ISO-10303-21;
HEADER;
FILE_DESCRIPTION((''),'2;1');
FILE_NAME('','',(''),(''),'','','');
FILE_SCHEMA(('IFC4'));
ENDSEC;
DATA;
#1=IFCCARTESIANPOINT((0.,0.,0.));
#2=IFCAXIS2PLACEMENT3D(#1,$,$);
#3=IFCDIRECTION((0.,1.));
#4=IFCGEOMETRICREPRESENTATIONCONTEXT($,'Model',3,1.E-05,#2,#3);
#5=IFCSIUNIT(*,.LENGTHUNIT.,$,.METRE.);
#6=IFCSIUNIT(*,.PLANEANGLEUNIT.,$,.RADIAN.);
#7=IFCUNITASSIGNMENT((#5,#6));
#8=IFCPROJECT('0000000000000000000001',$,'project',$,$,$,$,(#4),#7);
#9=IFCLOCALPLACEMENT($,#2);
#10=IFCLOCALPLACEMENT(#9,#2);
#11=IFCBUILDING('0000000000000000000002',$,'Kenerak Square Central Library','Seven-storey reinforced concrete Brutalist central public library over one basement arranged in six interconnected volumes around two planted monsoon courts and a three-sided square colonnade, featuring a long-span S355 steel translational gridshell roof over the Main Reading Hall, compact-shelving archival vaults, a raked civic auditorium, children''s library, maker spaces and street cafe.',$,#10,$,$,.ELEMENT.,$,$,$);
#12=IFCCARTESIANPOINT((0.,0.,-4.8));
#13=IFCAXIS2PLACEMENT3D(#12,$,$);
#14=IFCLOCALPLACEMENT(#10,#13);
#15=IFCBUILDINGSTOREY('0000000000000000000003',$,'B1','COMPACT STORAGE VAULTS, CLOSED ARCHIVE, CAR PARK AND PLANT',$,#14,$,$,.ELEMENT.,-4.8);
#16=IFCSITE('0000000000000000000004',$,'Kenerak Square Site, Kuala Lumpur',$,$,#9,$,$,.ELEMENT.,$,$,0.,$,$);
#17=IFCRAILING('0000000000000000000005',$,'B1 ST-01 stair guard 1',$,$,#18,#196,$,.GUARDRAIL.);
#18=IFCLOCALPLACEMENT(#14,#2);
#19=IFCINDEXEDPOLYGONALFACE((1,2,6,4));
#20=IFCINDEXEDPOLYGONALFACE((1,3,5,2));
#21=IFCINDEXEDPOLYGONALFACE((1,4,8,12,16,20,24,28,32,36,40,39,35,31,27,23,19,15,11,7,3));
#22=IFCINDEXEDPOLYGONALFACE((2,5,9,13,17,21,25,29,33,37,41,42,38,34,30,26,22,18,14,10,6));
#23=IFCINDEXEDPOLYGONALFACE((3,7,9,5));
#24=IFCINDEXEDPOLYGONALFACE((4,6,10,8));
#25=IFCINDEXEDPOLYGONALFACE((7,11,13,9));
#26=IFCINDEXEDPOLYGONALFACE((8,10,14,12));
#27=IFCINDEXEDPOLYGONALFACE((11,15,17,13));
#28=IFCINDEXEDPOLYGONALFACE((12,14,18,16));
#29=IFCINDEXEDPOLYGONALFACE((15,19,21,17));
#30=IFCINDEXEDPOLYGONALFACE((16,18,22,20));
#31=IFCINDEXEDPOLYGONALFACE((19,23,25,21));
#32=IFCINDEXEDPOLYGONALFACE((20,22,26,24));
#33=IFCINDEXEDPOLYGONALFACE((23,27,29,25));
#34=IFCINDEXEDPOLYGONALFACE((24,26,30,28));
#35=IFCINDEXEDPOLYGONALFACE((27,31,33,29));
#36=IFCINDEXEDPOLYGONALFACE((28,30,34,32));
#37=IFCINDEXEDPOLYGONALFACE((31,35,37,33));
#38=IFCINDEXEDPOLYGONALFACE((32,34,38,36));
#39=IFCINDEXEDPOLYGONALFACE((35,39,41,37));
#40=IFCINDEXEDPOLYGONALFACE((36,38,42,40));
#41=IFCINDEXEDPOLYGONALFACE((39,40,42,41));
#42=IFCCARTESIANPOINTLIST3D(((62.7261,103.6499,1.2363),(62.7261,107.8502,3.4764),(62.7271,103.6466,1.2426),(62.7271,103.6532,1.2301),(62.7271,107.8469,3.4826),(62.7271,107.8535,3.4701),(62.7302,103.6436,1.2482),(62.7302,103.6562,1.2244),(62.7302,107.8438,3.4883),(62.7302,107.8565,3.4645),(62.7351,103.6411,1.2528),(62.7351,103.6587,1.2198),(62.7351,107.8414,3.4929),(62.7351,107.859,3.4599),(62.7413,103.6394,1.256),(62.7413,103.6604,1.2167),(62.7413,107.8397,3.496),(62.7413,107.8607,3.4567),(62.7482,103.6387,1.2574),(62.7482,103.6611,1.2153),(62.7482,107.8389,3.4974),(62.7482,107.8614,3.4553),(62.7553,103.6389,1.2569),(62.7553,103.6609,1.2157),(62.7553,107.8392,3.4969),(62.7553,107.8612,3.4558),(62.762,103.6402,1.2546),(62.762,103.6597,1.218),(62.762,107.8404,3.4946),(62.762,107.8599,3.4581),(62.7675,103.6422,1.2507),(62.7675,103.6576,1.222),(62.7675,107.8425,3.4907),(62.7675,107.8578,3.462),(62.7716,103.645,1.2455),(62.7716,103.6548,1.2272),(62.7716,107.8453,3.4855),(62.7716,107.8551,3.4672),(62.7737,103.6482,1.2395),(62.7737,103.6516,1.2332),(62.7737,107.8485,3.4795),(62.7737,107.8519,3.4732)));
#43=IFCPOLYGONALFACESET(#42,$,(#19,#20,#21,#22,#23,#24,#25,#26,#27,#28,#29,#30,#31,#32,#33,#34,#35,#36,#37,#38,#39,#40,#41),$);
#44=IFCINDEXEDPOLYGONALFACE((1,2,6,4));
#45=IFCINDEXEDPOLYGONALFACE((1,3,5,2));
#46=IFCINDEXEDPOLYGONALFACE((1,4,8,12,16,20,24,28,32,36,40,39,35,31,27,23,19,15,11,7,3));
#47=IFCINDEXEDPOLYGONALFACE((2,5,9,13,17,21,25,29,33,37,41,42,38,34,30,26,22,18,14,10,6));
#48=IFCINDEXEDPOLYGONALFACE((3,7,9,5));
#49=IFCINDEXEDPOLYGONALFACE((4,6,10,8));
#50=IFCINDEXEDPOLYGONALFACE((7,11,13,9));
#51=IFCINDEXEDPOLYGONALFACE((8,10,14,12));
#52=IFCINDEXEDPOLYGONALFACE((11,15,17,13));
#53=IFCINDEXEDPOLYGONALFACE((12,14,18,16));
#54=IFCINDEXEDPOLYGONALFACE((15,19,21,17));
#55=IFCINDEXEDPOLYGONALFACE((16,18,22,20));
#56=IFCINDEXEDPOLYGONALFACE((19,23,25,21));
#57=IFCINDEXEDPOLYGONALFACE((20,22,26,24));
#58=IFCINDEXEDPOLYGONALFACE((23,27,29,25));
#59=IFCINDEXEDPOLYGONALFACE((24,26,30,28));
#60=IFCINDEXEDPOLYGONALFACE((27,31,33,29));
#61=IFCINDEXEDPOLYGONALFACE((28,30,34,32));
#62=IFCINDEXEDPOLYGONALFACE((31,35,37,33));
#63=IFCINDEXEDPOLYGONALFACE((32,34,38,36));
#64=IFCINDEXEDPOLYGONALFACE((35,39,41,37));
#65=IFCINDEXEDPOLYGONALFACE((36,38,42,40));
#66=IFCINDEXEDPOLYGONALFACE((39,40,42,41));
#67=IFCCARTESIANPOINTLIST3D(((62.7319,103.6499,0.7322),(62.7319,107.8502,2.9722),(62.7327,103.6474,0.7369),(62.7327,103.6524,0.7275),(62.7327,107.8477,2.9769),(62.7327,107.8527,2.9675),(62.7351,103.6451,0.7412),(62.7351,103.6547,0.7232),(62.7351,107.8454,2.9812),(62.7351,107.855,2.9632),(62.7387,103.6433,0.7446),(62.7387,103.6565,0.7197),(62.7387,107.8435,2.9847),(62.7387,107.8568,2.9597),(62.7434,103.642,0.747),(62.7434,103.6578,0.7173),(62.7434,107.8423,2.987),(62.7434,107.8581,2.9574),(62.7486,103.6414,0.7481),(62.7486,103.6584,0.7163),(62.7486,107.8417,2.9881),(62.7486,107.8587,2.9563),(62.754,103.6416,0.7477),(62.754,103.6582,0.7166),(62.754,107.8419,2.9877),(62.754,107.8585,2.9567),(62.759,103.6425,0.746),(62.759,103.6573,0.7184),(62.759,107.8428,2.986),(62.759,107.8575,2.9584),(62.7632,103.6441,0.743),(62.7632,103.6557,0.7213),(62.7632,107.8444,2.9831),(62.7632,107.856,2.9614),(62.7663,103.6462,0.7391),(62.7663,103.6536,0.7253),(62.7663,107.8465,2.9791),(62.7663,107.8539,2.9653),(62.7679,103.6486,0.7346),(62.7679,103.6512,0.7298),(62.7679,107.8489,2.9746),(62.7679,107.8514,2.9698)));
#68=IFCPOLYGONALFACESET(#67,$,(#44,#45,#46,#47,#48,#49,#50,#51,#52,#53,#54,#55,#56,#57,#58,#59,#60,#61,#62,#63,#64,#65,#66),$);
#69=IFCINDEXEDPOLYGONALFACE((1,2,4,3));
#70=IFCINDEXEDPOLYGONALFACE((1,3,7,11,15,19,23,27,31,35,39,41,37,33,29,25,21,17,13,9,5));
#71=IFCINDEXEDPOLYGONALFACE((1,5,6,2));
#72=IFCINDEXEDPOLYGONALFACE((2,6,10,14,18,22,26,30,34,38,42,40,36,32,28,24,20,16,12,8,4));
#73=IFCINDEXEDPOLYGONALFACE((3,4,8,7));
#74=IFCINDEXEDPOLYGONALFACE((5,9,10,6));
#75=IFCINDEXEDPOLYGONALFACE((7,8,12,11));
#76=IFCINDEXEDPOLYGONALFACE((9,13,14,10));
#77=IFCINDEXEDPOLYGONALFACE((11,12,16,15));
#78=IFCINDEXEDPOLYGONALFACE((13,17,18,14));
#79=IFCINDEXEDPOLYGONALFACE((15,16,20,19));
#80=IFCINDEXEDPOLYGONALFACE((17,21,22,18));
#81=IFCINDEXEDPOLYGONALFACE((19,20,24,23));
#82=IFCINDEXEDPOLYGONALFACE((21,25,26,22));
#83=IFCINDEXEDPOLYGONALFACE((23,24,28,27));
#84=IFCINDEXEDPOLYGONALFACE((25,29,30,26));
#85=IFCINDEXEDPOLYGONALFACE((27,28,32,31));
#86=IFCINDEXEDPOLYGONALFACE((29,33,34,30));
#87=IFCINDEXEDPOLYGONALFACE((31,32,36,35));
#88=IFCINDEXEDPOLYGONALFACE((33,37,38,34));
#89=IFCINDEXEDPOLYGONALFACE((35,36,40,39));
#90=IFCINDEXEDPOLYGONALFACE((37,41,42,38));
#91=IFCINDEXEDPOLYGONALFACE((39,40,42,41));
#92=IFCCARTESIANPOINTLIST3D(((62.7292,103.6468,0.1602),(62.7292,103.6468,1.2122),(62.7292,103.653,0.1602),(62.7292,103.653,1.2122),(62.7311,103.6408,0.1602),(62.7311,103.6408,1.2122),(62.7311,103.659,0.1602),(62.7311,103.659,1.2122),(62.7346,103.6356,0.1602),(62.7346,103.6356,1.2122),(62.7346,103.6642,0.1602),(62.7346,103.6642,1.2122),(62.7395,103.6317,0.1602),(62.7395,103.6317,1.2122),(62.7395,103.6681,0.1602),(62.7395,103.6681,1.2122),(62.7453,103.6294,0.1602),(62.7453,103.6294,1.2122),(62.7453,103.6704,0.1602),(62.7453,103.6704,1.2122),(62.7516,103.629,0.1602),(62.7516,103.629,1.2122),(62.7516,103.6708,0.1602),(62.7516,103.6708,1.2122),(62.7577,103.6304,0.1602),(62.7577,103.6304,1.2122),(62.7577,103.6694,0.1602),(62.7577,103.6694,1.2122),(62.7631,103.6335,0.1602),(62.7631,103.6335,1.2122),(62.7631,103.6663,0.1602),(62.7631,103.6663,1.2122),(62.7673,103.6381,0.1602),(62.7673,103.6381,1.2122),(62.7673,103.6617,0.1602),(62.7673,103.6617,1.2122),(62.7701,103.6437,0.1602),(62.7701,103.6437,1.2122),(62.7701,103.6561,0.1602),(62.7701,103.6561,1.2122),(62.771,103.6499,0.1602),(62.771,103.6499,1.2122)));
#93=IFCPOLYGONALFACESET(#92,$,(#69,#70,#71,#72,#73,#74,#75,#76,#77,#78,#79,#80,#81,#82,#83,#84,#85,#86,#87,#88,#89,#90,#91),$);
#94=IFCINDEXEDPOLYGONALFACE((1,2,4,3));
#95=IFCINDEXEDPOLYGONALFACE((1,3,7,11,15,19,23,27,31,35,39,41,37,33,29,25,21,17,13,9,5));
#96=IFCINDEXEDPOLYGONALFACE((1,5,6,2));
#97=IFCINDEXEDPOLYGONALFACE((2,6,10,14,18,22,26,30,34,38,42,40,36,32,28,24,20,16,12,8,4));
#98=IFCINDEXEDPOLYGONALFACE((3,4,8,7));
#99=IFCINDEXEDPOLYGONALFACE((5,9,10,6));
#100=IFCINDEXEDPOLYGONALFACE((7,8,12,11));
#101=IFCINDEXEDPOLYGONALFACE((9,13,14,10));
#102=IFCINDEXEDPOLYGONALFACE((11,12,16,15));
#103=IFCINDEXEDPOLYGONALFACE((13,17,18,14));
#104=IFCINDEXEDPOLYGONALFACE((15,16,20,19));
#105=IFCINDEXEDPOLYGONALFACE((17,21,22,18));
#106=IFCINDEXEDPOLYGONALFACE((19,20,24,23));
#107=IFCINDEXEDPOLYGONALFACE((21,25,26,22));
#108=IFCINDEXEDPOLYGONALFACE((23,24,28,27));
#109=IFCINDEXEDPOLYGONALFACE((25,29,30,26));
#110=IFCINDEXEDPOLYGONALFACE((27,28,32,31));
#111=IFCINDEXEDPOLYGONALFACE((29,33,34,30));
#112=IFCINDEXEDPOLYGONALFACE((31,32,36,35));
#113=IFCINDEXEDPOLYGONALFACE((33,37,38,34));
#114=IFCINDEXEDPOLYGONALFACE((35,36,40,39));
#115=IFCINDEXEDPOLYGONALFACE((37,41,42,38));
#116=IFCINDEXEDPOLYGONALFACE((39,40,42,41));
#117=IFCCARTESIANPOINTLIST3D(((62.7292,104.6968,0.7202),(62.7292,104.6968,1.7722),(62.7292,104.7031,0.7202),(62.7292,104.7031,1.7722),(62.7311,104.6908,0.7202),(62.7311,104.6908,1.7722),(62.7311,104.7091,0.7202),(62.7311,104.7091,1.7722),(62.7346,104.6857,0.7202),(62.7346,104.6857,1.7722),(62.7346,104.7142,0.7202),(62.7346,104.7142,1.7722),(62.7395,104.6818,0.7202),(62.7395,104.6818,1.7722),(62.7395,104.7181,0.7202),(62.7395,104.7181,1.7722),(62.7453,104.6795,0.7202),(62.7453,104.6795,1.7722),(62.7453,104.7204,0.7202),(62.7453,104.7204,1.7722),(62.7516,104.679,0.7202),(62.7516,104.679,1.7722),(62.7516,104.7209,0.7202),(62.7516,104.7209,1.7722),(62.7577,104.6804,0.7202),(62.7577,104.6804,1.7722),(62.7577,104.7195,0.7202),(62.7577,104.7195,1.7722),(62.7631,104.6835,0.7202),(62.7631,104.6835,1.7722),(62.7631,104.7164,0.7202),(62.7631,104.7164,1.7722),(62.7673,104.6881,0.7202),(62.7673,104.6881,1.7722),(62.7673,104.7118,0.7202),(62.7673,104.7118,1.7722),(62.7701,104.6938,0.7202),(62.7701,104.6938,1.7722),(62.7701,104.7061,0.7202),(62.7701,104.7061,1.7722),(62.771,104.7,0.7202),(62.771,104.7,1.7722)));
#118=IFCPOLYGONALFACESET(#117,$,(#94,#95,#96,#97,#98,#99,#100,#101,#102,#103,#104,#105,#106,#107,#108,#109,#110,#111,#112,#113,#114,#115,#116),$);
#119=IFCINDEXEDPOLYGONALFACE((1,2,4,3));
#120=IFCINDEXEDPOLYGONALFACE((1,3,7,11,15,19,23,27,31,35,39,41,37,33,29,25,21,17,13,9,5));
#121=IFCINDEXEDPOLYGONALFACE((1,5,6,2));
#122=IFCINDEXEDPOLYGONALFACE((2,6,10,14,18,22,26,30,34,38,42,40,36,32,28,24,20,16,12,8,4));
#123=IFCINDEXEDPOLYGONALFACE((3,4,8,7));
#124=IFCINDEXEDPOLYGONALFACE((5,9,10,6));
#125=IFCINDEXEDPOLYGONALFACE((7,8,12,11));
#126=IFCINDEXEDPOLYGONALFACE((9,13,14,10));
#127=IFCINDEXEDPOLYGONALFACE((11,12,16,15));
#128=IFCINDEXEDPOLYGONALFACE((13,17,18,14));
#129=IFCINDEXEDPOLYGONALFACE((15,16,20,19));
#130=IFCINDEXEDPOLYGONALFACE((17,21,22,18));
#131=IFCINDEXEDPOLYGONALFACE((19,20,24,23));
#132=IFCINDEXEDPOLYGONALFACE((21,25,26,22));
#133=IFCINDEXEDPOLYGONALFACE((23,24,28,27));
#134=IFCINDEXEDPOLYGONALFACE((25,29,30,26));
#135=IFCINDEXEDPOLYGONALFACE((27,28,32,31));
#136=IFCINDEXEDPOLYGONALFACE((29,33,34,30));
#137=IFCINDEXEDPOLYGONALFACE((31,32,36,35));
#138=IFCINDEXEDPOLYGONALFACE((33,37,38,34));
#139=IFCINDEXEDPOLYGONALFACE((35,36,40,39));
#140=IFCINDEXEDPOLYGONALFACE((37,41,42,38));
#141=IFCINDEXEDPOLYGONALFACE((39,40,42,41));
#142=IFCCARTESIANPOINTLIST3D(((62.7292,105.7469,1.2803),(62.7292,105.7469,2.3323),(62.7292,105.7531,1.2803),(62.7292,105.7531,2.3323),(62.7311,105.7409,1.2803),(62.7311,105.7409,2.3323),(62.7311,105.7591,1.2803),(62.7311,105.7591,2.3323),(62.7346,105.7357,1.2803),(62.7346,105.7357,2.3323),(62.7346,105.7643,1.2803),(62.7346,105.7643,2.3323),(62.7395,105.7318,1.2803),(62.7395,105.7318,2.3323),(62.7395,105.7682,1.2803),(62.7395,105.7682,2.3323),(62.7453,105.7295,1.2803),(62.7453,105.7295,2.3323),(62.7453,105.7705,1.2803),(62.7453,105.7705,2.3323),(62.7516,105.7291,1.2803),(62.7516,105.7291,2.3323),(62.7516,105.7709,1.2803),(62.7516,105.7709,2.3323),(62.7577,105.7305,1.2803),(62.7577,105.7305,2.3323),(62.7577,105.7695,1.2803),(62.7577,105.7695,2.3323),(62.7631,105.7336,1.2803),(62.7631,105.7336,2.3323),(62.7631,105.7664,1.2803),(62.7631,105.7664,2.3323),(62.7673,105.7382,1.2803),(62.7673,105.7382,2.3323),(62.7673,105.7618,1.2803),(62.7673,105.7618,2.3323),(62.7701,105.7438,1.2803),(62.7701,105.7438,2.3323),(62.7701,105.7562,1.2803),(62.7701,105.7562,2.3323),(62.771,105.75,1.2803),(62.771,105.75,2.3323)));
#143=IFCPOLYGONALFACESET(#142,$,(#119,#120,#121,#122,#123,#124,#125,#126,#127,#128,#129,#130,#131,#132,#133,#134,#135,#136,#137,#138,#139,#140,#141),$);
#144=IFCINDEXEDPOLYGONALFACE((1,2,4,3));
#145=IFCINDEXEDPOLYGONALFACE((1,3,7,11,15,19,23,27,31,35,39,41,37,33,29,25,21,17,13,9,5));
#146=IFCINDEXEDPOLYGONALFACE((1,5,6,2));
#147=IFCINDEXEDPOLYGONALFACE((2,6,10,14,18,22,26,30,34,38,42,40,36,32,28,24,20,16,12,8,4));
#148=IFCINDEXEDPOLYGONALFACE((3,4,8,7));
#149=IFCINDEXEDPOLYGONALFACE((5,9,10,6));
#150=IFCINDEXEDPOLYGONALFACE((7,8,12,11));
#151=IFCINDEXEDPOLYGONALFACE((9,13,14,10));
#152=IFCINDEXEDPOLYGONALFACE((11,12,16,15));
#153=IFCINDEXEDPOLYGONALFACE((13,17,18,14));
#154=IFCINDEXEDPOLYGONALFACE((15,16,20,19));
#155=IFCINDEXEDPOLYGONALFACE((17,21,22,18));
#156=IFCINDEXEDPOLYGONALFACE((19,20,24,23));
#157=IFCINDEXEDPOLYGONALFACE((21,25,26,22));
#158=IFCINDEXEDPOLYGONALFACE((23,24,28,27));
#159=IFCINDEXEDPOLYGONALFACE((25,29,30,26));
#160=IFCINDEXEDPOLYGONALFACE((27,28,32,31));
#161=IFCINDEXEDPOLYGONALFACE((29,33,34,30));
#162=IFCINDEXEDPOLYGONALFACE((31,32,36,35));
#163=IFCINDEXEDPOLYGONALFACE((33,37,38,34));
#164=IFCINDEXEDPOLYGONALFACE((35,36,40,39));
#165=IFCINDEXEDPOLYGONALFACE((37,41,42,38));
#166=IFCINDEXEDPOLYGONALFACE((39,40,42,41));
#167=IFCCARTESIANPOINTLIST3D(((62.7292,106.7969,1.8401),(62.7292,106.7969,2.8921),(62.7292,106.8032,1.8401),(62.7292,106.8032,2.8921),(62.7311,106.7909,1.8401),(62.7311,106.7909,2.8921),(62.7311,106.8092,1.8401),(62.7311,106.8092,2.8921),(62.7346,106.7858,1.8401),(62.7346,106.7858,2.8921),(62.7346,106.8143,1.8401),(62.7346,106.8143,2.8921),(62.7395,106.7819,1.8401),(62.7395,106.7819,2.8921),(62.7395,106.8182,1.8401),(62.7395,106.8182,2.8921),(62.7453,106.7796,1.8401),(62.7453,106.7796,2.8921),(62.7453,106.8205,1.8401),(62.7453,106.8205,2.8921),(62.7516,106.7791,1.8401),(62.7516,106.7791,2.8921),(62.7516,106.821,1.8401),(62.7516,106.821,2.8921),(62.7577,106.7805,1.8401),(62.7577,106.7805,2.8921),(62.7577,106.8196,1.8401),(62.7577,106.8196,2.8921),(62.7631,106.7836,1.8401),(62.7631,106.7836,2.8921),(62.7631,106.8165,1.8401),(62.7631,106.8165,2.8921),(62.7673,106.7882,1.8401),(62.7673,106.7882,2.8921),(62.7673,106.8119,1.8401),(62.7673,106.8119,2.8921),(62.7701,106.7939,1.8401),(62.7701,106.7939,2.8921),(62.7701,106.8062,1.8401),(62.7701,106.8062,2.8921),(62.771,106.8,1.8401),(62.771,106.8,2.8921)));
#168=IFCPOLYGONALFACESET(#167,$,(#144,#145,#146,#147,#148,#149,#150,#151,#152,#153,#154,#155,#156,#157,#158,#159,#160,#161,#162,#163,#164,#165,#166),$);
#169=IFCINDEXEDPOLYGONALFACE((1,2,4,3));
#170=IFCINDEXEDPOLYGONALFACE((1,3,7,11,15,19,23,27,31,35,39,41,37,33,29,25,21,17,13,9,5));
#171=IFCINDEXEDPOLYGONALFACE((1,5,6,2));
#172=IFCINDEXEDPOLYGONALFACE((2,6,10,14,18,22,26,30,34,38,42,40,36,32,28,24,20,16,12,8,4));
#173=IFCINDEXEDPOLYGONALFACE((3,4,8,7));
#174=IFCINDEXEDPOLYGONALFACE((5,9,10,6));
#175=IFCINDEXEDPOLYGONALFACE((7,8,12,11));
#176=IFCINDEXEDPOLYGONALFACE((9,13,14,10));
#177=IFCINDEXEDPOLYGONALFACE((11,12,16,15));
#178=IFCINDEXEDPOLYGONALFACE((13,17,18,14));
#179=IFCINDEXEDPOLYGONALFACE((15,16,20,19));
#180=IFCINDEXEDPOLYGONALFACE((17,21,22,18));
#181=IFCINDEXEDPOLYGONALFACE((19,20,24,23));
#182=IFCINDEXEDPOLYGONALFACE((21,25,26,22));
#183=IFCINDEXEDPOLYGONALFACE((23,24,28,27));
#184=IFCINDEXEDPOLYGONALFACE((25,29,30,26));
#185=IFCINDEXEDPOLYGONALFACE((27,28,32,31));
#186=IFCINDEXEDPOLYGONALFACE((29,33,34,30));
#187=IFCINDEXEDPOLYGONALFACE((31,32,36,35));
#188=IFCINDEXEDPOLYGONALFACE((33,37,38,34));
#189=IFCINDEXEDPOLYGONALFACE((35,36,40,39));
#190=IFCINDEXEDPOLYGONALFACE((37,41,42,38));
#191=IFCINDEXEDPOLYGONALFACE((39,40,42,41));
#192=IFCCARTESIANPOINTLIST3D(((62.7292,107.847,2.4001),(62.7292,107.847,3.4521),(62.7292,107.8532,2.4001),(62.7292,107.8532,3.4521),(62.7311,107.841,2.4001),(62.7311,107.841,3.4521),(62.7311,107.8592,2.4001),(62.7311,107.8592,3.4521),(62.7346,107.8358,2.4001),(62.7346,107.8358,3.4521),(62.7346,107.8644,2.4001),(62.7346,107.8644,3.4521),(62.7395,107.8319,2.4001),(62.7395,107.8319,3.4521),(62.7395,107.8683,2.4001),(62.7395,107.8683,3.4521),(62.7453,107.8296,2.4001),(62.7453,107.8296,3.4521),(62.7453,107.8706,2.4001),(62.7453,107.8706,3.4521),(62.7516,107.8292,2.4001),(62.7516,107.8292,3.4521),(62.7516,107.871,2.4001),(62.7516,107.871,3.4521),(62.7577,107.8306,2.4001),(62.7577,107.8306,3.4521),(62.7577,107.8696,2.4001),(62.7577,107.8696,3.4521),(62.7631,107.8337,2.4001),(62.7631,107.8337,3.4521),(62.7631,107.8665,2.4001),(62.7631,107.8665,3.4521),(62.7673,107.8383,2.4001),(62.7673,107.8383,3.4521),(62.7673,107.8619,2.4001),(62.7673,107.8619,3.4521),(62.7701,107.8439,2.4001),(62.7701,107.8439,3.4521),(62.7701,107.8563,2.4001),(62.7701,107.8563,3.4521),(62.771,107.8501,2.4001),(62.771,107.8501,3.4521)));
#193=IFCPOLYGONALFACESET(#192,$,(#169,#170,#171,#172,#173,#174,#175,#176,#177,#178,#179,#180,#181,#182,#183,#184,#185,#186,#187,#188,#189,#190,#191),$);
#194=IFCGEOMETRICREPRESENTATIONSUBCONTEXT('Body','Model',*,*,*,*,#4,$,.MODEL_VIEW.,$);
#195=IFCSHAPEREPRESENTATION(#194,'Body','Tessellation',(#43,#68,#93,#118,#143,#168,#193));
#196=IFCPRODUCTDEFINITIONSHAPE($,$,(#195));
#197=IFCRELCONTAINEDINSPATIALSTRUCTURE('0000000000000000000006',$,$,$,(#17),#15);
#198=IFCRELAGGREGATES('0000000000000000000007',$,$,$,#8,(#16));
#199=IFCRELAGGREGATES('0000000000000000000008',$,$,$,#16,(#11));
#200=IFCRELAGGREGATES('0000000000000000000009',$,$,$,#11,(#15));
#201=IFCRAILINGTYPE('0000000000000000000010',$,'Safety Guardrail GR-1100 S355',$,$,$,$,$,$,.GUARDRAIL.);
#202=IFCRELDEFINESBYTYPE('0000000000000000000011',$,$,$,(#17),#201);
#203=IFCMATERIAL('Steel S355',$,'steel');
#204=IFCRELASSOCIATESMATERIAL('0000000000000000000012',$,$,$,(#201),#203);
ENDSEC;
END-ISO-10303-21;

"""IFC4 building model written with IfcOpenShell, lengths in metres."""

from ifc_helpers import new_model, si_unit, direction, frame, origin, origin_2d, place, context, subcontext, project, spatial, circle, extrude, material, type_object, element, save


model = new_model("IFC4")

# Units and contexts
model_context = context("Model", 3, precision=1e-05, world=origin(), true_north=direction((0.0, 1.0)))
body_context = subcontext(model_context, "Body", "Model", "MODEL_VIEW")
ifc_project = project(units=[si_unit("LENGTHUNIT", "METRE"), si_unit("PLANEANGLEUNIT", "RADIAN")], contexts=[model_context])

# Site, building, storey
site_placement = place(None, origin())
site = spatial("IfcSite", under=ifc_project, at=site_placement, Name="Kenerak Square Site, Kuala Lumpur", CompositionType="ELEMENT", RefElevation=0.0)
building_placement = place(site_placement, origin())
building = spatial("IfcBuilding", under=site, at=building_placement, Name="Kenerak Square Central Library", Description="Seven-storey reinforced concrete Brutalist central public library over one basement arranged in six interconnected volumes around two planted monsoon courts and a three-sided square colonnade, featuring a long-span S355 steel translational gridshell roof over the Main Reading Hall, compact-shelving archival vaults, a raked civic auditorium, children's library, maker spaces and street cafe.", CompositionType="ELEMENT")
storey_placement = place(building_placement, frame((0.0, 0.0, -4.8)))
storey = spatial("IfcBuildingStorey", under=building, at=storey_placement, Name="B1", Description="COMPACT STORAGE VAULTS, CLOSED ARCHIVE, CAR PARK AND PLANT", CompositionType="ELEMENT", Elevation=-4.8)

# Railing
ifc_material_1 = material(Name="Steel S355", Category="steel")
railing_type_1 = type_object("IfcRailingType", Name="Safety Guardrail GR-1100 S355", PredefinedType="GUARDRAIL", material=ifc_material_1)
railing_1_placement = place(storey_placement, frame((62.75, 103.6499, 0.1602)))
element("IfcRailing", 1, at=railing_1_placement, inside=storey, type_object=railing_type_1, Name="B1 ST-01 stair guard 1", PredefinedType="GUARDRAIL", context=body_context, shape_type="SweptSolid", body=[
    extrude(circle(Radius=0.0239, at=origin_2d()), frame((0.0, 0.0, 1.0762), z_axis=(0.0, 0.882363, 0.47057), x_axis=(-1.0, 0.0, 0.0)), (0.0, 0.0, 1.0), 4.7603),
    extrude(circle(Radius=0.0181, at=origin_2d()), frame((0.0, 0.0, 0.572), z_axis=(0.0, 0.882363, 0.47057), x_axis=(-1.0, 0.0, 0.0)), (0.0, 0.0, 1.0), 4.7603),
    extrude(circle(Radius=0.021, at=origin_2d()), origin(), (0.0, 0.0, 1.0), 1.052),
    extrude(circle(Radius=0.021, at=origin_2d()), frame((0.0, 1.05, 0.5601)), (0.0, 0.0, 1.0), 1.052),
    extrude(circle(Radius=0.021, at=origin_2d()), frame((0.0, 2.1001, 1.1201)), (0.0, 0.0, 1.0), 1.052),
    extrude(circle(Radius=0.021, at=origin_2d()), frame((0.0, 3.1501, 1.6799)), (0.0, 0.0, 1.0), 1.052),
    extrude(circle(Radius=0.021, at=origin_2d()), frame((0.0, 4.2002, 2.24)), (0.0, 0.0, 1.0), 1.052),
])

save(model, "model.ifc")
